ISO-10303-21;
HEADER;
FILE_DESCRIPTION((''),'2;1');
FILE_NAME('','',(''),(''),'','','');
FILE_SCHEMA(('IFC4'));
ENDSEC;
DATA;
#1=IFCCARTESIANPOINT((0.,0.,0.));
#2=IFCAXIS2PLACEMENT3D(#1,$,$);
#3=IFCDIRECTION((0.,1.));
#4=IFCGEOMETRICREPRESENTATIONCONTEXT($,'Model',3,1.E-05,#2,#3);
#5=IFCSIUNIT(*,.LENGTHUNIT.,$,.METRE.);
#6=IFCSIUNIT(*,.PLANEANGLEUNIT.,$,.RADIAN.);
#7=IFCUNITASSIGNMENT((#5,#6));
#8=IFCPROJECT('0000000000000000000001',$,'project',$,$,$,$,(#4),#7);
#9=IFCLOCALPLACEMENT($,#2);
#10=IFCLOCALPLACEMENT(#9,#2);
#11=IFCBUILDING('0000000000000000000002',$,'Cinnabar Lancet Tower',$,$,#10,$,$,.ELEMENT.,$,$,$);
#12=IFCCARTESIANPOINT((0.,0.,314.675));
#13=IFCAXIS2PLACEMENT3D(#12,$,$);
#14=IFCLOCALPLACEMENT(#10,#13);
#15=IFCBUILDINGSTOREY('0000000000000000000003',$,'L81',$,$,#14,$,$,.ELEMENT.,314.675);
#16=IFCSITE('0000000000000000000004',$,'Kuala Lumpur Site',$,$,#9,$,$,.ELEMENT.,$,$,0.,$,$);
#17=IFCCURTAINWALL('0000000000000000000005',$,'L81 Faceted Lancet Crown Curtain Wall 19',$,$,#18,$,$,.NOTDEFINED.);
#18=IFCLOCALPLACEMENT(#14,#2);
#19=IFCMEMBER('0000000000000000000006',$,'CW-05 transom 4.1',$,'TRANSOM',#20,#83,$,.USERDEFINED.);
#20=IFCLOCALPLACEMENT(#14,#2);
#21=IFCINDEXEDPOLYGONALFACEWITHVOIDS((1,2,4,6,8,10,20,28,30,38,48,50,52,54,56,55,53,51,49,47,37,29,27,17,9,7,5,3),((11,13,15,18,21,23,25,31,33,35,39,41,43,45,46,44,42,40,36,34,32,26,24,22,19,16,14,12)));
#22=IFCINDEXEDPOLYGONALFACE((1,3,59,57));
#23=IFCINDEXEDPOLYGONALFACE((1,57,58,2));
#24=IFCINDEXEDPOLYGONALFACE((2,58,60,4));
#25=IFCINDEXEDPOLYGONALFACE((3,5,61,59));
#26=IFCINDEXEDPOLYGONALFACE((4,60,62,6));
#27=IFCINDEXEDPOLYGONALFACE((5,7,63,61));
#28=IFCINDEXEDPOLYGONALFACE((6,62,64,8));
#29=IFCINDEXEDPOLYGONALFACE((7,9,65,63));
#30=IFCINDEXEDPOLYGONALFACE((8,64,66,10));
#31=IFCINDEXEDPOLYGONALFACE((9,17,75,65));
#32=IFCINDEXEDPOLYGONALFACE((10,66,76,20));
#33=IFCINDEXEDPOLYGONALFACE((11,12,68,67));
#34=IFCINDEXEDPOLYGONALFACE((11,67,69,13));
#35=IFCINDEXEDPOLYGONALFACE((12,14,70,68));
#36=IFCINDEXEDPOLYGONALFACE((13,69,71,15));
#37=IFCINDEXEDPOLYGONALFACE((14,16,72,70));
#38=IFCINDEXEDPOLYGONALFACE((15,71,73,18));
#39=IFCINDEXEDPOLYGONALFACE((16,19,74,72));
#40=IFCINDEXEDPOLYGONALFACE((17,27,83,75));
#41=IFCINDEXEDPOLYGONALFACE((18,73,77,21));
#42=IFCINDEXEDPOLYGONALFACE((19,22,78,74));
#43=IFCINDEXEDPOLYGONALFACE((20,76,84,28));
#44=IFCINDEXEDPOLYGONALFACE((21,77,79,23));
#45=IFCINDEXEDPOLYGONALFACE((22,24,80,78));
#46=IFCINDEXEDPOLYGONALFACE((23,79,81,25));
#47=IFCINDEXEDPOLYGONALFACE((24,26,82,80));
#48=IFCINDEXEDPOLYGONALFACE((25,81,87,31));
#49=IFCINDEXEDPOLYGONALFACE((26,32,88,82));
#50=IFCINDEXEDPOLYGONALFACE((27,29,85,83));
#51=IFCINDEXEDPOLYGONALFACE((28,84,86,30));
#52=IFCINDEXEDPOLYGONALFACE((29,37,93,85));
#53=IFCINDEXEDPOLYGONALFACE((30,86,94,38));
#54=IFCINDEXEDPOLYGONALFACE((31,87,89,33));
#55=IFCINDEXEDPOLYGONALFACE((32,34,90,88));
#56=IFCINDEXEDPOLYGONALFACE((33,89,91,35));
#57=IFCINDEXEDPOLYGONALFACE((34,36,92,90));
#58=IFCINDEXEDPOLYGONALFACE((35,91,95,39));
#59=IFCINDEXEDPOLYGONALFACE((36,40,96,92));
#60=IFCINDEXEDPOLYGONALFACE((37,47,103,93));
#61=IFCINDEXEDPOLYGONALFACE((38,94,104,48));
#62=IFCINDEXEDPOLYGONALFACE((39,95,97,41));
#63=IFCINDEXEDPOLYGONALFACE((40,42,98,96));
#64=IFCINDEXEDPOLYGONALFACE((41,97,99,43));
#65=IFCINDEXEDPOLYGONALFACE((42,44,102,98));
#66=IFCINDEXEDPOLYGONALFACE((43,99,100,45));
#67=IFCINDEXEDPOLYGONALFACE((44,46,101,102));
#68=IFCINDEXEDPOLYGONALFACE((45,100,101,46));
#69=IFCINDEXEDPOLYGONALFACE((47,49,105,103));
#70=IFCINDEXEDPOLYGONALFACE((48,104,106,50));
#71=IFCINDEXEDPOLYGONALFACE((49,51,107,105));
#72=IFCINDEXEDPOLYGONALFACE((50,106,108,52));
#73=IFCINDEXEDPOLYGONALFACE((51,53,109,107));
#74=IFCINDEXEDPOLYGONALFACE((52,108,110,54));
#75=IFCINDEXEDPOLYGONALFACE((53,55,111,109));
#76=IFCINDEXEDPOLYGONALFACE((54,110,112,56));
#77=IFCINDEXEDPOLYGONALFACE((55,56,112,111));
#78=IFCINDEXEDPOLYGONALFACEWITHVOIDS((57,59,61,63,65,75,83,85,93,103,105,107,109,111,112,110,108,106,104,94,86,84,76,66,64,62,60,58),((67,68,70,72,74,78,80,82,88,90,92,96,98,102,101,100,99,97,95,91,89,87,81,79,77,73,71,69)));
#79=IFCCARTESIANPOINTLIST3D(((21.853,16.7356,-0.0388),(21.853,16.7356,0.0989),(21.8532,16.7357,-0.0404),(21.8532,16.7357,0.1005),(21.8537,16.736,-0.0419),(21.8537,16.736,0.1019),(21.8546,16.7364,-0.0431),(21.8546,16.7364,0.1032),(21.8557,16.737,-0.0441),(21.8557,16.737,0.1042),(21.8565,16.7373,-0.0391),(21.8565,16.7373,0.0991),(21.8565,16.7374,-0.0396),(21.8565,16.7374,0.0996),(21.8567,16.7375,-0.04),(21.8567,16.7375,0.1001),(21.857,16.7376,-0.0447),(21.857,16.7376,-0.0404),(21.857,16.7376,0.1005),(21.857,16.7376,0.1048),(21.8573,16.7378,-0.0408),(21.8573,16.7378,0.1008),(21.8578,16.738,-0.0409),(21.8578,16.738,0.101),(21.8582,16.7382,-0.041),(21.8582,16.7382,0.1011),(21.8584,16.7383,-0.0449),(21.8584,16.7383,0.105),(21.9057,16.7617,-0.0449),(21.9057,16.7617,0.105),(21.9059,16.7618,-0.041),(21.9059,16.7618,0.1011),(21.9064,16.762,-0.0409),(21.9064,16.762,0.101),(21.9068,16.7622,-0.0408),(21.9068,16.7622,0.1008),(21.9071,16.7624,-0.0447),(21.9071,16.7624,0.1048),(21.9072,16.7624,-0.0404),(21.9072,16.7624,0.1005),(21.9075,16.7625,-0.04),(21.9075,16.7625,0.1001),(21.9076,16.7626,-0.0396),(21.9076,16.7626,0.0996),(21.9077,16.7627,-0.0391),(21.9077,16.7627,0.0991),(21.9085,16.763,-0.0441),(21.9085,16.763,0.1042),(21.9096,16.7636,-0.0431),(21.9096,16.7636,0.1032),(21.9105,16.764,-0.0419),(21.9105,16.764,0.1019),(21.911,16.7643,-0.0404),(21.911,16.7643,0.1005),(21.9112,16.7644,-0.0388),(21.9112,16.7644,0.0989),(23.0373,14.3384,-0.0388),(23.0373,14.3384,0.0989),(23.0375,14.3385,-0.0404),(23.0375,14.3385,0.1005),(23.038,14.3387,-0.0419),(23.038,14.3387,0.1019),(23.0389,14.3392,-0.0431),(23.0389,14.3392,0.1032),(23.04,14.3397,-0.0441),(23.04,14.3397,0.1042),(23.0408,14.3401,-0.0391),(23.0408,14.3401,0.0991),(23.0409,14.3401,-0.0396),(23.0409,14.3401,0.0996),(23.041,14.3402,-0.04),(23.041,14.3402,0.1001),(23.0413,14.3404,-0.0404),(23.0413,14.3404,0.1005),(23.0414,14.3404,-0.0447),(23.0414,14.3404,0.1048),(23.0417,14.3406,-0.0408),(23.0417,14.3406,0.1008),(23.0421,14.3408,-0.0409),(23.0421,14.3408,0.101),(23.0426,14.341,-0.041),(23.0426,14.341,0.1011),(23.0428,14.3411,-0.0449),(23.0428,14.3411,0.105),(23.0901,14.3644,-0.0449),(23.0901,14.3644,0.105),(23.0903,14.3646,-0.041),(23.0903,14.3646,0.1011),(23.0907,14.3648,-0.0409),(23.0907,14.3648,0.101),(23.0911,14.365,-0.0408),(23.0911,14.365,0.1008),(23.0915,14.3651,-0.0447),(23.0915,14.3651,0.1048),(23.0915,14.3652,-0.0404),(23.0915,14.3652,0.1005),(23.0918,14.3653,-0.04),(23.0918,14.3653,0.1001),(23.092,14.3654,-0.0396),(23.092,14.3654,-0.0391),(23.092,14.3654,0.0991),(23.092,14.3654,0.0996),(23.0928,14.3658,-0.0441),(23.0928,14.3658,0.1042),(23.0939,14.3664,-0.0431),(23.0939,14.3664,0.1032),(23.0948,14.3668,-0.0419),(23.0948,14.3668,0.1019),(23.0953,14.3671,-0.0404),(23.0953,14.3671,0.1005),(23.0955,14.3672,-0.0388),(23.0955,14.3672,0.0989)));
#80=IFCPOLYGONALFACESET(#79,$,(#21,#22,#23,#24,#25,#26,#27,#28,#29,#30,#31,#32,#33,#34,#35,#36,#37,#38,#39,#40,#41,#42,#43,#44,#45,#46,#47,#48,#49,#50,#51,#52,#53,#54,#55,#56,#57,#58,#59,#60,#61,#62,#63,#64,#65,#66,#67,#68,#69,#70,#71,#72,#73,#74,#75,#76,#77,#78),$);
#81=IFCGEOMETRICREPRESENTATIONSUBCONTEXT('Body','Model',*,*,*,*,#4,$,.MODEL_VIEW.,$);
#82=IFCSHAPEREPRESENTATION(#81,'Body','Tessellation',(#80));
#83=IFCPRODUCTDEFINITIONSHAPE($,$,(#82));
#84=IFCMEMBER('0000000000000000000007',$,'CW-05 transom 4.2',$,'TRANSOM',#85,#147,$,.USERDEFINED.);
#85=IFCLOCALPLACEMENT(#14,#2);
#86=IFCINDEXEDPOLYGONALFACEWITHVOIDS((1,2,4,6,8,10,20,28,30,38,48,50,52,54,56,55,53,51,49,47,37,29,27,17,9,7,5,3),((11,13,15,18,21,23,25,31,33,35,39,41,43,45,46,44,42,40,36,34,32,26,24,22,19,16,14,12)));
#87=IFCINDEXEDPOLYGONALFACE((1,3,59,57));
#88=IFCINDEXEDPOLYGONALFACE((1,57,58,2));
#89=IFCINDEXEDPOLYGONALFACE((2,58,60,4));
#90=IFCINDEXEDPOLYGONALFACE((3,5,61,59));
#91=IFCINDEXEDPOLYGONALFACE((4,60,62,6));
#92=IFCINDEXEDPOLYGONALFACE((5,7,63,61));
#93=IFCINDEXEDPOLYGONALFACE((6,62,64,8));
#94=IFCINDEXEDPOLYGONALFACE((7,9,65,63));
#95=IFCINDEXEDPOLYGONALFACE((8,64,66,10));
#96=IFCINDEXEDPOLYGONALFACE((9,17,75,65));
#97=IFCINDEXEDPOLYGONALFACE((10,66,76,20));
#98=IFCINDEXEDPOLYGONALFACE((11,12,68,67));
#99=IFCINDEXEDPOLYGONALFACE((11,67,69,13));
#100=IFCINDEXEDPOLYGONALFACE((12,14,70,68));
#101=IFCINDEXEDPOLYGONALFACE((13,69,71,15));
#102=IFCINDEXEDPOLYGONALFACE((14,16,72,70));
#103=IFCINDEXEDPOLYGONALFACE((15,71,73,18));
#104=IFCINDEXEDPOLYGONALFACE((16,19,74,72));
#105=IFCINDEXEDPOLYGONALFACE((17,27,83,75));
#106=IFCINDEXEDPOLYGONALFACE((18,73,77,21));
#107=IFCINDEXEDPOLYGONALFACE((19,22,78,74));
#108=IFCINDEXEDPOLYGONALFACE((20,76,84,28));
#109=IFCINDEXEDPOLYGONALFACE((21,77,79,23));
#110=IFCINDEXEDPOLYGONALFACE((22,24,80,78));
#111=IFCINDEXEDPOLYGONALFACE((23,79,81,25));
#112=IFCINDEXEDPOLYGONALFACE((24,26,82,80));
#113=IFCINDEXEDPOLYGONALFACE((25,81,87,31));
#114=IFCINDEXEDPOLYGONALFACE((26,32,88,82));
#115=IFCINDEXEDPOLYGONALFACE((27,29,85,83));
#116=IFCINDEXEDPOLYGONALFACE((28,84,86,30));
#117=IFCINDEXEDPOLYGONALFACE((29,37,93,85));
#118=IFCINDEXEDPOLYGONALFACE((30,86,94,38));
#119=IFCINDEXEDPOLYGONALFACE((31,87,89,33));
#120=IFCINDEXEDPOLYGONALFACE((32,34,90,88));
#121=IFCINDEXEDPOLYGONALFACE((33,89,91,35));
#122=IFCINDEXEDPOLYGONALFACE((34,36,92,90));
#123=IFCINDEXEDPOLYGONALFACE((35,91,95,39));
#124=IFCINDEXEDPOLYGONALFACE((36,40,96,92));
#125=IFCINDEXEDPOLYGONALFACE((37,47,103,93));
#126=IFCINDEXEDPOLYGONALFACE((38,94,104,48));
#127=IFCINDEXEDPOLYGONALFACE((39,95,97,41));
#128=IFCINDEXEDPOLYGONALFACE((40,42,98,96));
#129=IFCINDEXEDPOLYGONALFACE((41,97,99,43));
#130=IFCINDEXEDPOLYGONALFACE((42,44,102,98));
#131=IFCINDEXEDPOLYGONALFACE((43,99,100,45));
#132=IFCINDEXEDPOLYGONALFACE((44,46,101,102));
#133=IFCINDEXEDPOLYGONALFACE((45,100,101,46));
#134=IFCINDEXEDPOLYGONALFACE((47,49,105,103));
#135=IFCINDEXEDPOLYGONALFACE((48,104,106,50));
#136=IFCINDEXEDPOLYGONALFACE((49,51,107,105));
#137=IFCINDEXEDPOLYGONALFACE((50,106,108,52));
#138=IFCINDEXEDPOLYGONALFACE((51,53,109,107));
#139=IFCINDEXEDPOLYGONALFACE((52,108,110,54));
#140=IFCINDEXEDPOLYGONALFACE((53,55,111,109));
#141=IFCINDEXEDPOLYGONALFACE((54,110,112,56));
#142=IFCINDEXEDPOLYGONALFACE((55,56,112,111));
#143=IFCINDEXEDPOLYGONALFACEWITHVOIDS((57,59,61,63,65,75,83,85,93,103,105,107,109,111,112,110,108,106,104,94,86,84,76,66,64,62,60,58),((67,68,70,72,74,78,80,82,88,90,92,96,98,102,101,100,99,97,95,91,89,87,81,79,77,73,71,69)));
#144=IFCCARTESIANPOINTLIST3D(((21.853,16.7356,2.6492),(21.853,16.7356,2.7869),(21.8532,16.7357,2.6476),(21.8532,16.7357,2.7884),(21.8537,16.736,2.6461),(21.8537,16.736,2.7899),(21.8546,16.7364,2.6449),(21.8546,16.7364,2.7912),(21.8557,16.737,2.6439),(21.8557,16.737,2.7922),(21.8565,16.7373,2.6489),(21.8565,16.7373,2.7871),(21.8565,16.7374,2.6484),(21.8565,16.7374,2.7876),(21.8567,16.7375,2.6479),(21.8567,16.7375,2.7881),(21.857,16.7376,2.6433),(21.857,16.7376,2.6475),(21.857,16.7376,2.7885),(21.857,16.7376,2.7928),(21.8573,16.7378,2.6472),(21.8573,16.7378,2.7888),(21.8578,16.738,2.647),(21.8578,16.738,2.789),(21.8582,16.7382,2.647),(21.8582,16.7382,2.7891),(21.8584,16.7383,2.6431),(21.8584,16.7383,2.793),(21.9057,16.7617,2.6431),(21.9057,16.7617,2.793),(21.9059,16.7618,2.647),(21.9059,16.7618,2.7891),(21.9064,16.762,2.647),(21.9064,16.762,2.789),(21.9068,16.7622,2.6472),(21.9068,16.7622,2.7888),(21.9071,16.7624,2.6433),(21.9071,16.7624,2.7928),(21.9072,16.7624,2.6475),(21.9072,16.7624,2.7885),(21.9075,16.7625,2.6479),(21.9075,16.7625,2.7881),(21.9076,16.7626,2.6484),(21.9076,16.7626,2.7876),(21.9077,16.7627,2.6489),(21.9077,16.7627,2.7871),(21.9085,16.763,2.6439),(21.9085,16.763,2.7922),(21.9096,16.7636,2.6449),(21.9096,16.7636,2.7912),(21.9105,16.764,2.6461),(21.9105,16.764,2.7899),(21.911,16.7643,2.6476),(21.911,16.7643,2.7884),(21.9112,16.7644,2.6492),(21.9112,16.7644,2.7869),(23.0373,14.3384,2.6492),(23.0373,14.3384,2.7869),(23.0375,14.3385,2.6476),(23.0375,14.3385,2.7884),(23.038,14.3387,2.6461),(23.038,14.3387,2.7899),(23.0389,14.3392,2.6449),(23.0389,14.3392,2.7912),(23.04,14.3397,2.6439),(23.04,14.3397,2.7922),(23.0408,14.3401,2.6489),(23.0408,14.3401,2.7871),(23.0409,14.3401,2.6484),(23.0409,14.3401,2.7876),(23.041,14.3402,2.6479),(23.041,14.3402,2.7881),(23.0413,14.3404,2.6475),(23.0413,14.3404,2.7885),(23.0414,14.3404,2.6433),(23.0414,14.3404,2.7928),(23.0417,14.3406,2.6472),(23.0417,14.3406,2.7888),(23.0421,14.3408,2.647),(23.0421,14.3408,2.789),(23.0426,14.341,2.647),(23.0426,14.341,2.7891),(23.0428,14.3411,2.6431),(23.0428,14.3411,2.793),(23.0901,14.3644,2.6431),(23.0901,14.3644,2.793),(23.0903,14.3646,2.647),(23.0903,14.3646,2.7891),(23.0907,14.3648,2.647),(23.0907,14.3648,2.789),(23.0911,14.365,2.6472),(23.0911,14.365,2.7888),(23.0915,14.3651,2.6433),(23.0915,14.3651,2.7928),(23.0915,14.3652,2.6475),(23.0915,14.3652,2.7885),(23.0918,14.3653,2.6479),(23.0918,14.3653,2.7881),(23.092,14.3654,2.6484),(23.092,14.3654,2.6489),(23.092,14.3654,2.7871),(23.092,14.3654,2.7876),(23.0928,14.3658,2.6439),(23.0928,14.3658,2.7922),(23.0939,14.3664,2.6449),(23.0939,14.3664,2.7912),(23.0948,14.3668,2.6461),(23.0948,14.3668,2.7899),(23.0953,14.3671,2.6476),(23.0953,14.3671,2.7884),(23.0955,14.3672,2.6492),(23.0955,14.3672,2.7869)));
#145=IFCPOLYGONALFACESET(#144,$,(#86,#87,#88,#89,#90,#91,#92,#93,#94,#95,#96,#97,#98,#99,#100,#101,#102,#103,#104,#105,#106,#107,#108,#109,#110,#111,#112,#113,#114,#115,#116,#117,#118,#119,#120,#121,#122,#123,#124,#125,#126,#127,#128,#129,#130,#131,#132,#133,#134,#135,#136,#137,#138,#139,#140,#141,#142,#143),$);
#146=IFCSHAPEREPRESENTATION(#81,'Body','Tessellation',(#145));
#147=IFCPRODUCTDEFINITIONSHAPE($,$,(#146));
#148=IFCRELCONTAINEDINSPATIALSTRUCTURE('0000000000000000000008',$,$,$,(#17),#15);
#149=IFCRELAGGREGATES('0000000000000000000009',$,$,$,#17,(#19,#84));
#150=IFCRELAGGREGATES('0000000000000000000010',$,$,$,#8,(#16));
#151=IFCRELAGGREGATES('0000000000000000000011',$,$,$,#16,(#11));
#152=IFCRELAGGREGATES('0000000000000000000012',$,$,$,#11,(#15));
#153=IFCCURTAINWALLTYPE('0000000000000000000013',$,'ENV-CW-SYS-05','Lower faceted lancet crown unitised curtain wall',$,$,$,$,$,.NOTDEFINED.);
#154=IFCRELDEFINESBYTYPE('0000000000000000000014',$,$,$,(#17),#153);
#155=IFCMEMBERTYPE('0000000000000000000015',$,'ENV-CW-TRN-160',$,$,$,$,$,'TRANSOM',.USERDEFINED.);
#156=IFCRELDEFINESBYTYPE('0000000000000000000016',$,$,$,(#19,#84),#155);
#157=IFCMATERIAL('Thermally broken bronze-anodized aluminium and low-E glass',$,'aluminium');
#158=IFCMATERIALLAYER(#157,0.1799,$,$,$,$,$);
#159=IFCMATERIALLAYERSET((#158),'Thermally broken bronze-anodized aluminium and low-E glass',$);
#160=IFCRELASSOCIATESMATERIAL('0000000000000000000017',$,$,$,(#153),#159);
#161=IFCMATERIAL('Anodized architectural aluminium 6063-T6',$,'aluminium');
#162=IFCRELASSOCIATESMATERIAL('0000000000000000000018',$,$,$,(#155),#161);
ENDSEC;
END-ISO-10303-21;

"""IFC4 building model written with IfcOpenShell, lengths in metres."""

from ifc_helpers import new_model, si_unit, direction, frame, origin, origin_2d, place, context, subcontext, project, spatial, hollow_rectangle, extrude, material, layer, layer_set, material_profile, profile_set, type_object, element, aggregate, save


model = new_model("IFC4")

# Units and contexts
model_context = context("Model", 3, precision=1e-05, world=origin(), true_north=direction((0.0, 1.0)))
body_context = subcontext(model_context, "Body", "Model", "MODEL_VIEW")
ifc_project = project(units=[si_unit("LENGTHUNIT", "METRE"), si_unit("PLANEANGLEUNIT", "RADIAN")], contexts=[model_context])

# Site, building, storey
site_placement = place(None, origin())
site = spatial("IfcSite", under=ifc_project, at=site_placement, Name="Kuala Lumpur Site", CompositionType="ELEMENT", RefElevation=0.0)
building_placement = place(site_placement, origin())
building = spatial("IfcBuilding", under=site, at=building_placement, Name="Cinnabar Lancet Tower", CompositionType="ELEMENT")
storey_placement = place(building_placement, frame((0.0, 0.0, 314.675)))
storey = spatial("IfcBuildingStorey", under=building, at=storey_placement, Name="L81", CompositionType="ELEMENT", Elevation=314.675)

# Curtain wall
ifc_material_1 = material(Name="Thermally broken bronze-anodized aluminium and low-E glass", Category="aluminium")
ifc_layer_1 = layer(ifc_material_1, 0.1799)
ifc_layer_set_1 = layer_set([ifc_layer_1], Name="Thermally broken bronze-anodized aluminium and low-E glass")
curtain_wall_type = type_object("IfcCurtainWallType", Name="ENV-CW-SYS-05", Description="Lower faceted lancet crown unitised curtain wall", PredefinedType="NOTDEFINED", material=ifc_layer_set_1)
curtain_wall_1_placement = place(storey_placement, origin())
curtain_wall_1 = element("IfcCurtainWall", 1, at=curtain_wall_1_placement, inside=storey, type_object=curtain_wall_type, Name="L81 Faceted Lancet Crown Curtain Wall 19", PredefinedType="NOTDEFINED")

# Members
ifc_material_2 = material(Name="Anodized architectural aluminium 6063-T6", Category="aluminium")
ifc_material_profile_1 = material_profile(ifc_material_2, hollow_rectangle(XDim=0.0649, YDim=0.1499, WallThickness=0.0039, InnerFilletRadius=0.002, OuterFilletRadius=0.0061, at=origin_2d()), Name="CW-TRN 150x65x4")
ifc_profile_set_1 = profile_set([ifc_material_profile_1], Name="Anodized architectural aluminium 6063-T6")
member_type_1 = type_object("IfcMemberType", Name="ENV-CW-TRN-160", ElementType="TRANSOM", PredefinedType="USERDEFINED", material=ifc_profile_set_1)
member_1_placement = place(storey_placement, frame((21.8821, 16.75, 0.03), z_axis=(0.442935, -0.896554, 0.0), x_axis=(0.896554, 0.442935, 0.0)))
member_1 = element("IfcMember", 2, at=member_1_placement, type_object=member_type_1, Name="CW-05 transom 4.1", ObjectType="TRANSOM", PredefinedType="USERDEFINED", context=body_context, shape_type="SweptSolid", body=[
    extrude(hollow_rectangle(XDim=0.0649, YDim=0.1499, WallThickness=0.0039, InnerFilletRadius=0.002, OuterFilletRadius=0.0061, at=origin_2d()), origin(), (0.0, 0.0, 1.0), 2.6738),
])
member_2_placement = place(storey_placement, frame((21.8821, 16.75, 2.718), z_axis=(0.442935, -0.896554, 0.0), x_axis=(0.896554, 0.442935, 0.0)))
member_2 = element("IfcMember", 3, at=member_2_placement, type_object=member_type_1, Name="CW-05 transom 4.2", ObjectType="TRANSOM", PredefinedType="USERDEFINED", context=body_context, shape_type="SweptSolid", body=[
    extrude(hollow_rectangle(XDim=0.0649, YDim=0.1499, WallThickness=0.0039, InnerFilletRadius=0.002, OuterFilletRadius=0.0061, at=origin_2d()), origin(), (0.0, 0.0, 1.0), 2.6738),
])

aggregate(curtain_wall_1, [member_1, member_2])

save(model, "model.ifc")
